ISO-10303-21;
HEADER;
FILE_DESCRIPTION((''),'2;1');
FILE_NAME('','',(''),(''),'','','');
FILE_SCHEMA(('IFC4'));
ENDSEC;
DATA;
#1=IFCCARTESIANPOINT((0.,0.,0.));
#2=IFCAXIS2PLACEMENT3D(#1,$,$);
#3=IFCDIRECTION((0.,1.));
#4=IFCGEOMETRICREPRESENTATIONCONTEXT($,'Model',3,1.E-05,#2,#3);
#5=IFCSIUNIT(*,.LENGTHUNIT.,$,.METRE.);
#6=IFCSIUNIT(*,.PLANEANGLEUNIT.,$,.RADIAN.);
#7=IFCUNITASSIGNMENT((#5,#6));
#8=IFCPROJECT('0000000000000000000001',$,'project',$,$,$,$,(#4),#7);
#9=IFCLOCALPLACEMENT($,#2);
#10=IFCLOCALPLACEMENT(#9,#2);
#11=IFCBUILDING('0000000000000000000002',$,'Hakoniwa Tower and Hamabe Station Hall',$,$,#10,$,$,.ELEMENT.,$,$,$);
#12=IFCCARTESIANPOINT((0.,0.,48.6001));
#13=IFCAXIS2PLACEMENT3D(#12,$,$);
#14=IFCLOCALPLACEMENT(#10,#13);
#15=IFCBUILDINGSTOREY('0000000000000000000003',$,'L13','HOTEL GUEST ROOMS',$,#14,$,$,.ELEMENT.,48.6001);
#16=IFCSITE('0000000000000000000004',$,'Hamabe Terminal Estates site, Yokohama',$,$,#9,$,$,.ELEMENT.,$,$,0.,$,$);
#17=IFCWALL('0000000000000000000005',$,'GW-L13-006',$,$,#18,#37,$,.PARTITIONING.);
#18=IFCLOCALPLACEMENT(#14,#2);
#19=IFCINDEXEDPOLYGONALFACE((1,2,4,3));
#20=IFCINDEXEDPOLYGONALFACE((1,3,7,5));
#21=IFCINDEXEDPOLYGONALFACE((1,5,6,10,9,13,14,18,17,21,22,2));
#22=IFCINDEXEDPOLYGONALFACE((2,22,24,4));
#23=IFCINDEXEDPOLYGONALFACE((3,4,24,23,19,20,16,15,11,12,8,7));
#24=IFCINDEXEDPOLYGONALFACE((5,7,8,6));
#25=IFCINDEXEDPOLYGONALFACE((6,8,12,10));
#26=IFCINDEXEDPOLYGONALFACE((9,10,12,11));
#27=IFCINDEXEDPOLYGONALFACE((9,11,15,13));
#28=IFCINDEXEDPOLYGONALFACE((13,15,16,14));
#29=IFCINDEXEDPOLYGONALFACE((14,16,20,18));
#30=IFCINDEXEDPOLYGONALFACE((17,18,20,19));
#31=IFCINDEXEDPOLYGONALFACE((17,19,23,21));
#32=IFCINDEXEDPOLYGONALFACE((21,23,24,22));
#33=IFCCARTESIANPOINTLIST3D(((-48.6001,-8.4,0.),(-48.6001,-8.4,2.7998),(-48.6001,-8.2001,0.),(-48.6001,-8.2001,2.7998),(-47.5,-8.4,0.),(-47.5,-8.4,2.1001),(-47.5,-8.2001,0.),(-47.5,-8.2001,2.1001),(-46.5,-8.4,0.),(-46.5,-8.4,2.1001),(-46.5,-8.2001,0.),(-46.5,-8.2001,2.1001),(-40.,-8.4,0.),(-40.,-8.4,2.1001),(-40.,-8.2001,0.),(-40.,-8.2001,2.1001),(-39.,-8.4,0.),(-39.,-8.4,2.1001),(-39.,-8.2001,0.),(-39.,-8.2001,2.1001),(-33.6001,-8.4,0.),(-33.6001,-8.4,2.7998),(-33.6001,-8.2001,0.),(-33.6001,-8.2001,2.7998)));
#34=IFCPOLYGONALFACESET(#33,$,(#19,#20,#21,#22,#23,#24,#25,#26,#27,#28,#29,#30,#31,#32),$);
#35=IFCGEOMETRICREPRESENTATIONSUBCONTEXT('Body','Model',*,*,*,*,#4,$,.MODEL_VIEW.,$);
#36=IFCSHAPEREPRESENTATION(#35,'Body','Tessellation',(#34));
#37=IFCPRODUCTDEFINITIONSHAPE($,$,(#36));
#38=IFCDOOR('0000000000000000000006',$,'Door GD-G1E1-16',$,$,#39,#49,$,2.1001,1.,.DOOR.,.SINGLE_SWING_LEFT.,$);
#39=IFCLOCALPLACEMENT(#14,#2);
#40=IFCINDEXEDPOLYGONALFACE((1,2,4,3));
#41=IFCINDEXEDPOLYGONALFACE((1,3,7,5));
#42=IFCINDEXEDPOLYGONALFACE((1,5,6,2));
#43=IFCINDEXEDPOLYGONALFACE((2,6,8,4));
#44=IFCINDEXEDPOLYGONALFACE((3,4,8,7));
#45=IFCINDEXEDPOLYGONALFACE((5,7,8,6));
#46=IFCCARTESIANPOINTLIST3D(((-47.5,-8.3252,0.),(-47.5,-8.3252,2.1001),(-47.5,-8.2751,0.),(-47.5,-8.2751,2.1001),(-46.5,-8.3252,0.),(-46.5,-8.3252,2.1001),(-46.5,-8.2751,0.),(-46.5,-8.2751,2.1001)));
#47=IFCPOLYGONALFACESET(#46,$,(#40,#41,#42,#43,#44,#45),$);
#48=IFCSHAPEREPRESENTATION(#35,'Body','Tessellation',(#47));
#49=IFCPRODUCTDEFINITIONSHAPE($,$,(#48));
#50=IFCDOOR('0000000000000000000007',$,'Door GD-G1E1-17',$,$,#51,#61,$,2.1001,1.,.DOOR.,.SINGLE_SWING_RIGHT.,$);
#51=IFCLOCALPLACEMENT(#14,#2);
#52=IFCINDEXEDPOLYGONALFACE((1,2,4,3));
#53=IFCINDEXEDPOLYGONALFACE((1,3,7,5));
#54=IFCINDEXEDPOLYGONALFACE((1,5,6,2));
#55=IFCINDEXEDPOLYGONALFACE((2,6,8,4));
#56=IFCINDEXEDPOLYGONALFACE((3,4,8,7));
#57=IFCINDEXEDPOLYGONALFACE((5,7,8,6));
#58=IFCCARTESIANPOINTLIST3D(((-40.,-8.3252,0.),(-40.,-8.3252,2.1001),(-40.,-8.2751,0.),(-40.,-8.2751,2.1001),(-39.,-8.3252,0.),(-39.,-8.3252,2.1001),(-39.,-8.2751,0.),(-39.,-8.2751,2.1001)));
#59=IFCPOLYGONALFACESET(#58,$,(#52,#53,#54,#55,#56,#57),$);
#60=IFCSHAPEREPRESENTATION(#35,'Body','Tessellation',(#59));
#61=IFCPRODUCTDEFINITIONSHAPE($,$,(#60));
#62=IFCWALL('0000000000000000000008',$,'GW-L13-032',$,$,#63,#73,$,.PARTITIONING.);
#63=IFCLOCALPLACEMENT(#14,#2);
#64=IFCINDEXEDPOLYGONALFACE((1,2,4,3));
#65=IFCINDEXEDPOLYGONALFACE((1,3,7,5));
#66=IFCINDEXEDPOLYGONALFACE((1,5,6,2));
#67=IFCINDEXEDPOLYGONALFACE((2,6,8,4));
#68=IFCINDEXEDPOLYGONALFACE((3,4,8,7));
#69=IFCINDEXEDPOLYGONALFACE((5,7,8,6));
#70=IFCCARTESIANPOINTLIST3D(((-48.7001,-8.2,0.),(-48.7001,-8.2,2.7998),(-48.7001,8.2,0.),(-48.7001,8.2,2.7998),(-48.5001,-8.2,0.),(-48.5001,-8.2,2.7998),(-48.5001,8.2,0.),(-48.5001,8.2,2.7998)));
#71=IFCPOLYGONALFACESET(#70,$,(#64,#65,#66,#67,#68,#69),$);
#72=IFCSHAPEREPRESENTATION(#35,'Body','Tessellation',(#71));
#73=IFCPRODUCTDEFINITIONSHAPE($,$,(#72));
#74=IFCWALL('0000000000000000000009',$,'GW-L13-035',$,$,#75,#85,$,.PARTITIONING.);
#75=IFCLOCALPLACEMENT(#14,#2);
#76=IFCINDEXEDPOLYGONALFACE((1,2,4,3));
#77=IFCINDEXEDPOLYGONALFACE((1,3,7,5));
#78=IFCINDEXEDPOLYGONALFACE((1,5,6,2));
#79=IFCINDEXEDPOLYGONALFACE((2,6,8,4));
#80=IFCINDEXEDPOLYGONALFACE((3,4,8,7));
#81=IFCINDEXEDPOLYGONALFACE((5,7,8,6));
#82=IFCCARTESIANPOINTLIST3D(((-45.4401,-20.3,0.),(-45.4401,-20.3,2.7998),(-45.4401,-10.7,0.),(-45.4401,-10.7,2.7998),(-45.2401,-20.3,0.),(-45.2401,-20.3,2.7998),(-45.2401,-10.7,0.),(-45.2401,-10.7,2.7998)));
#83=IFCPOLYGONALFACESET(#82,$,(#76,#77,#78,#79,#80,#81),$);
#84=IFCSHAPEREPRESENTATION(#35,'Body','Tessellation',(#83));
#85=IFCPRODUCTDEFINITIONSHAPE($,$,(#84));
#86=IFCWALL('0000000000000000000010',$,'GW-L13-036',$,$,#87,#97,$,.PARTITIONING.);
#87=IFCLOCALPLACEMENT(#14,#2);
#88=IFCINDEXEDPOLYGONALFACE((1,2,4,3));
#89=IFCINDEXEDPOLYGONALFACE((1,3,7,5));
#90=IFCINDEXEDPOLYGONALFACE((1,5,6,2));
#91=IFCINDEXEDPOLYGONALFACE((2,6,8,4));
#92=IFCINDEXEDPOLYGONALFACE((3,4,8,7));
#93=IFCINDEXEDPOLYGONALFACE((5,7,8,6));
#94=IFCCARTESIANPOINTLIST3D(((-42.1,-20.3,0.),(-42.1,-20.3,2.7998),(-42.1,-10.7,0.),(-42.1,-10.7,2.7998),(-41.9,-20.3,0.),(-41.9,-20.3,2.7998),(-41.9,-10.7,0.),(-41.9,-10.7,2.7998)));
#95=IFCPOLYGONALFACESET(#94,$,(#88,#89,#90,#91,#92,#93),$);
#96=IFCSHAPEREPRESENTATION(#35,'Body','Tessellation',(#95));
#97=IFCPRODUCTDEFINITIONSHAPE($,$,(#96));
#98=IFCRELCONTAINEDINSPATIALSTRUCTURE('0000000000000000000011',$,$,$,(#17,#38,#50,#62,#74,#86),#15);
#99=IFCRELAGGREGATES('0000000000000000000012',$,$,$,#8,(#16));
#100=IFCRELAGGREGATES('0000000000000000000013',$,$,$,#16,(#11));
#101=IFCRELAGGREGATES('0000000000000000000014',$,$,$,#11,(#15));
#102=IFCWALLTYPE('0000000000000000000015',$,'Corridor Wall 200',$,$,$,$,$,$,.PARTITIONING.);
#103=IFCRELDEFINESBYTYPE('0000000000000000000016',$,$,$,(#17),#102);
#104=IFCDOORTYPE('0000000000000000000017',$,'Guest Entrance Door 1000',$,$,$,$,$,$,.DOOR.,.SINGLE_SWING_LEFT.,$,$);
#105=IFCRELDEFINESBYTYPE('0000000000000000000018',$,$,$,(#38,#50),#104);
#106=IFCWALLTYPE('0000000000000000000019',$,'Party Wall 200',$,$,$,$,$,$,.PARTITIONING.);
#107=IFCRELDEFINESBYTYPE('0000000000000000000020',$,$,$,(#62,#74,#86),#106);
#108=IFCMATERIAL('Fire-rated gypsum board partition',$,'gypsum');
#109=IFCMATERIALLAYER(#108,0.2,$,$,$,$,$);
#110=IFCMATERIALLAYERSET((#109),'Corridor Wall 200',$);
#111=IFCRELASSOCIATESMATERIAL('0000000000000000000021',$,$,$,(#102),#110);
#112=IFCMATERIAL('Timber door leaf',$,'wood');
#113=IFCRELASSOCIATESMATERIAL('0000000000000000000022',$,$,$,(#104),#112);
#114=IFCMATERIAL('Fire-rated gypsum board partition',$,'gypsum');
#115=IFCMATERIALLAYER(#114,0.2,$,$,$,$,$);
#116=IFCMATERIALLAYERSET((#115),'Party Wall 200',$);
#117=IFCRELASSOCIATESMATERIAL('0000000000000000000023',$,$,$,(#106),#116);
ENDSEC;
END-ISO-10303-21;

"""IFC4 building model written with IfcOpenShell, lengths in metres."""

from ifc_helpers import new_model, si_unit, direction, frame, frame_2d, origin, place, context, subcontext, project, spatial, rectangle, extrude, material, layer, layer_set, type_object, element, fill, save


model = new_model("IFC4")

# Units and contexts
model_context = context("Model", 3, precision=1e-05, world=origin(), true_north=direction((0.0, 1.0)))
body_context = subcontext(model_context, "Body", "Model", "MODEL_VIEW")
ifc_project = project(units=[si_unit("LENGTHUNIT", "METRE"), si_unit("PLANEANGLEUNIT", "RADIAN")], contexts=[model_context])

# Site, building, storey
site_placement = place(None, origin())
site = spatial("IfcSite", under=ifc_project, at=site_placement, Name="Hamabe Terminal Estates site, Yokohama", CompositionType="ELEMENT", RefElevation=0.0)
building_placement = place(site_placement, origin())
building = spatial("IfcBuilding", under=site, at=building_placement, Name="Hakoniwa Tower and Hamabe Station Hall", CompositionType="ELEMENT")
storey_placement = place(building_placement, frame((0.0, 0.0, 48.6001)))
storey = spatial("IfcBuildingStorey", under=building, at=storey_placement, Name="L13", Description="HOTEL GUEST ROOMS", CompositionType="ELEMENT", Elevation=48.6001)

# Wall, openings, doors
ifc_material_1 = material(Name="Fire-rated gypsum board partition", Category="gypsum")
ifc_layer_1 = layer(ifc_material_1, 0.2)
ifc_layer_set_1 = layer_set([ifc_layer_1], Name="Corridor Wall 200")
wall_type_1 = type_object("IfcWallType", Name="Corridor Wall 200", PredefinedType="PARTITIONING", material=ifc_layer_set_1)
ifc_material_2 = material(Name="Timber door leaf", Category="wood")
door_type_1 = type_object("IfcDoorType", Name="Guest Entrance Door 1000", OperationType="SINGLE_SWING_LEFT", PredefinedType="DOOR", material=ifc_material_2)
wall_1_placement = place(storey_placement, frame((-48.6001, -8.3, 0.0), z_axis=(0.0, 0.0, 1.0), x_axis=(1.0, 0.0, 0.0)))
wall_1 = element("IfcWall", 1, at=wall_1_placement, inside=storey, type_object=wall_type_1, Name="GW-L13-006", PredefinedType="PARTITIONING", context=body_context, shape_type="SweptSolid", body=[
    extrude(rectangle(XDim=15.0, YDim=0.2, at=frame_2d((7.5, 0.0))), origin(), (0.0, 0.0, 1.0), 2.7998),
])
opening_1_placement = place(wall_1_placement, frame((1.1001, 0.0, 0.0)))
opening_1 = element("IfcOpeningElement", 2, at=opening_1_placement, cuts=wall_1, PredefinedType="OPENING", context=body_context, shape_type="SweptSolid", body=[
    extrude(rectangle(XDim=1.0, YDim=2.1001, at=frame_2d((0.5, 1.05))), frame((0.0, 0.1099, 0.0), z_axis=(0.0, -1.0, 0.0), x_axis=(1.0, 0.0, 0.0)), (0.0, 0.0, 1.0), 0.22),
])
opening_2_placement = place(wall_1_placement, frame((8.6001, 0.0, 0.0)))
opening_2 = element("IfcOpeningElement", 3, at=opening_2_placement, cuts=wall_1, PredefinedType="OPENING", context=body_context, shape_type="SweptSolid", body=[
    extrude(rectangle(XDim=1.0, YDim=2.1001, at=frame_2d((0.5, 1.05))), frame((0.0, 0.1099, 0.0), z_axis=(0.0, -1.0, 0.0), x_axis=(1.0, 0.0, 0.0)), (0.0, 0.0, 1.0), 0.22),
])
door_1_placement = place(opening_1_placement, origin())
door_1 = element("IfcDoor", 4, at=door_1_placement, inside=storey, type_object=door_type_1, Name="Door GD-G1E1-16", OperationType="SINGLE_SWING_LEFT", OverallHeight=2.1001, OverallWidth=1.0, PredefinedType="DOOR", context=body_context, shape_type="SweptSolid", body=[
    extrude(rectangle(XDim=1.0, YDim=2.1001, at=frame_2d((0.5, 1.05))), frame((0.0, 0.0249, 0.0), z_axis=(0.0, -1.0, 0.0), x_axis=(1.0, 0.0, 0.0)), (0.0, 0.0, 1.0), 0.05),
])
fill(opening_1, door_1)
door_2_placement = place(opening_2_placement, origin())
door_2 = element("IfcDoor", 5, at=door_2_placement, inside=storey, type_object=door_type_1, Name="Door GD-G1E1-17", OperationType="SINGLE_SWING_RIGHT", OverallHeight=2.1001, OverallWidth=1.0, PredefinedType="DOOR", context=body_context, shape_type="SweptSolid", body=[
    extrude(rectangle(XDim=1.0, YDim=2.1001, at=frame_2d((0.5, 1.05))), frame((0.0, 0.0249, 0.0), z_axis=(0.0, -1.0, 0.0), x_axis=(1.0, 0.0, 0.0)), (0.0, 0.0, 1.0), 0.05),
])
fill(opening_2, door_2)

# Walls
ifc_material_3 = material(Name="Fire-rated gypsum board partition", Category="gypsum")
ifc_layer_2 = layer(ifc_material_3, 0.2)
ifc_layer_set_2 = layer_set([ifc_layer_2], Name="Party Wall 200")
wall_type_2 = type_object("IfcWallType", Name="Party Wall 200", PredefinedType="PARTITIONING", material=ifc_layer_set_2)
wall_2_placement = place(storey_placement, frame((-48.6001, -8.2, 0.0), z_axis=(0.0, 0.0, 1.0), x_axis=(0.0, 1.0, 0.0)))
element("IfcWall", 6, at=wall_2_placement, inside=storey, type_object=wall_type_2, Name="GW-L13-032", PredefinedType="PARTITIONING", context=body_context, shape_type="SweptSolid", body=[
    extrude(rectangle(XDim=16.3999, YDim=0.2, at=frame_2d((8.2, 0.0))), origin(), (0.0, 0.0, 1.0), 2.7998),
])
for number, where, z_axis, x_axis, name in (
    (7, (-45.3401, -20.3, 0.0), (0.0, 0.0, 1.0), (0.0, 1.0, 0.0), "GW-L13-035"),
    (8, (-42.0, -20.3, 0.0), (0.0, 0.0, 1.0), (0.0, 1.0, 0.0), "GW-L13-036"),
):
    element("IfcWall", number, at=place(storey_placement, frame(where, z_axis=z_axis, x_axis=x_axis)), inside=storey, type_object=wall_type_2, Name=name, PredefinedType="PARTITIONING", context=body_context, shape_type="SweptSolid", body=[
        extrude(rectangle(XDim=9.6001, YDim=0.2, at=frame_2d((4.8, 0.0))), origin(), (0.0, 0.0, 1.0), 2.7998),
    ])

save(model, "model.ifc")
